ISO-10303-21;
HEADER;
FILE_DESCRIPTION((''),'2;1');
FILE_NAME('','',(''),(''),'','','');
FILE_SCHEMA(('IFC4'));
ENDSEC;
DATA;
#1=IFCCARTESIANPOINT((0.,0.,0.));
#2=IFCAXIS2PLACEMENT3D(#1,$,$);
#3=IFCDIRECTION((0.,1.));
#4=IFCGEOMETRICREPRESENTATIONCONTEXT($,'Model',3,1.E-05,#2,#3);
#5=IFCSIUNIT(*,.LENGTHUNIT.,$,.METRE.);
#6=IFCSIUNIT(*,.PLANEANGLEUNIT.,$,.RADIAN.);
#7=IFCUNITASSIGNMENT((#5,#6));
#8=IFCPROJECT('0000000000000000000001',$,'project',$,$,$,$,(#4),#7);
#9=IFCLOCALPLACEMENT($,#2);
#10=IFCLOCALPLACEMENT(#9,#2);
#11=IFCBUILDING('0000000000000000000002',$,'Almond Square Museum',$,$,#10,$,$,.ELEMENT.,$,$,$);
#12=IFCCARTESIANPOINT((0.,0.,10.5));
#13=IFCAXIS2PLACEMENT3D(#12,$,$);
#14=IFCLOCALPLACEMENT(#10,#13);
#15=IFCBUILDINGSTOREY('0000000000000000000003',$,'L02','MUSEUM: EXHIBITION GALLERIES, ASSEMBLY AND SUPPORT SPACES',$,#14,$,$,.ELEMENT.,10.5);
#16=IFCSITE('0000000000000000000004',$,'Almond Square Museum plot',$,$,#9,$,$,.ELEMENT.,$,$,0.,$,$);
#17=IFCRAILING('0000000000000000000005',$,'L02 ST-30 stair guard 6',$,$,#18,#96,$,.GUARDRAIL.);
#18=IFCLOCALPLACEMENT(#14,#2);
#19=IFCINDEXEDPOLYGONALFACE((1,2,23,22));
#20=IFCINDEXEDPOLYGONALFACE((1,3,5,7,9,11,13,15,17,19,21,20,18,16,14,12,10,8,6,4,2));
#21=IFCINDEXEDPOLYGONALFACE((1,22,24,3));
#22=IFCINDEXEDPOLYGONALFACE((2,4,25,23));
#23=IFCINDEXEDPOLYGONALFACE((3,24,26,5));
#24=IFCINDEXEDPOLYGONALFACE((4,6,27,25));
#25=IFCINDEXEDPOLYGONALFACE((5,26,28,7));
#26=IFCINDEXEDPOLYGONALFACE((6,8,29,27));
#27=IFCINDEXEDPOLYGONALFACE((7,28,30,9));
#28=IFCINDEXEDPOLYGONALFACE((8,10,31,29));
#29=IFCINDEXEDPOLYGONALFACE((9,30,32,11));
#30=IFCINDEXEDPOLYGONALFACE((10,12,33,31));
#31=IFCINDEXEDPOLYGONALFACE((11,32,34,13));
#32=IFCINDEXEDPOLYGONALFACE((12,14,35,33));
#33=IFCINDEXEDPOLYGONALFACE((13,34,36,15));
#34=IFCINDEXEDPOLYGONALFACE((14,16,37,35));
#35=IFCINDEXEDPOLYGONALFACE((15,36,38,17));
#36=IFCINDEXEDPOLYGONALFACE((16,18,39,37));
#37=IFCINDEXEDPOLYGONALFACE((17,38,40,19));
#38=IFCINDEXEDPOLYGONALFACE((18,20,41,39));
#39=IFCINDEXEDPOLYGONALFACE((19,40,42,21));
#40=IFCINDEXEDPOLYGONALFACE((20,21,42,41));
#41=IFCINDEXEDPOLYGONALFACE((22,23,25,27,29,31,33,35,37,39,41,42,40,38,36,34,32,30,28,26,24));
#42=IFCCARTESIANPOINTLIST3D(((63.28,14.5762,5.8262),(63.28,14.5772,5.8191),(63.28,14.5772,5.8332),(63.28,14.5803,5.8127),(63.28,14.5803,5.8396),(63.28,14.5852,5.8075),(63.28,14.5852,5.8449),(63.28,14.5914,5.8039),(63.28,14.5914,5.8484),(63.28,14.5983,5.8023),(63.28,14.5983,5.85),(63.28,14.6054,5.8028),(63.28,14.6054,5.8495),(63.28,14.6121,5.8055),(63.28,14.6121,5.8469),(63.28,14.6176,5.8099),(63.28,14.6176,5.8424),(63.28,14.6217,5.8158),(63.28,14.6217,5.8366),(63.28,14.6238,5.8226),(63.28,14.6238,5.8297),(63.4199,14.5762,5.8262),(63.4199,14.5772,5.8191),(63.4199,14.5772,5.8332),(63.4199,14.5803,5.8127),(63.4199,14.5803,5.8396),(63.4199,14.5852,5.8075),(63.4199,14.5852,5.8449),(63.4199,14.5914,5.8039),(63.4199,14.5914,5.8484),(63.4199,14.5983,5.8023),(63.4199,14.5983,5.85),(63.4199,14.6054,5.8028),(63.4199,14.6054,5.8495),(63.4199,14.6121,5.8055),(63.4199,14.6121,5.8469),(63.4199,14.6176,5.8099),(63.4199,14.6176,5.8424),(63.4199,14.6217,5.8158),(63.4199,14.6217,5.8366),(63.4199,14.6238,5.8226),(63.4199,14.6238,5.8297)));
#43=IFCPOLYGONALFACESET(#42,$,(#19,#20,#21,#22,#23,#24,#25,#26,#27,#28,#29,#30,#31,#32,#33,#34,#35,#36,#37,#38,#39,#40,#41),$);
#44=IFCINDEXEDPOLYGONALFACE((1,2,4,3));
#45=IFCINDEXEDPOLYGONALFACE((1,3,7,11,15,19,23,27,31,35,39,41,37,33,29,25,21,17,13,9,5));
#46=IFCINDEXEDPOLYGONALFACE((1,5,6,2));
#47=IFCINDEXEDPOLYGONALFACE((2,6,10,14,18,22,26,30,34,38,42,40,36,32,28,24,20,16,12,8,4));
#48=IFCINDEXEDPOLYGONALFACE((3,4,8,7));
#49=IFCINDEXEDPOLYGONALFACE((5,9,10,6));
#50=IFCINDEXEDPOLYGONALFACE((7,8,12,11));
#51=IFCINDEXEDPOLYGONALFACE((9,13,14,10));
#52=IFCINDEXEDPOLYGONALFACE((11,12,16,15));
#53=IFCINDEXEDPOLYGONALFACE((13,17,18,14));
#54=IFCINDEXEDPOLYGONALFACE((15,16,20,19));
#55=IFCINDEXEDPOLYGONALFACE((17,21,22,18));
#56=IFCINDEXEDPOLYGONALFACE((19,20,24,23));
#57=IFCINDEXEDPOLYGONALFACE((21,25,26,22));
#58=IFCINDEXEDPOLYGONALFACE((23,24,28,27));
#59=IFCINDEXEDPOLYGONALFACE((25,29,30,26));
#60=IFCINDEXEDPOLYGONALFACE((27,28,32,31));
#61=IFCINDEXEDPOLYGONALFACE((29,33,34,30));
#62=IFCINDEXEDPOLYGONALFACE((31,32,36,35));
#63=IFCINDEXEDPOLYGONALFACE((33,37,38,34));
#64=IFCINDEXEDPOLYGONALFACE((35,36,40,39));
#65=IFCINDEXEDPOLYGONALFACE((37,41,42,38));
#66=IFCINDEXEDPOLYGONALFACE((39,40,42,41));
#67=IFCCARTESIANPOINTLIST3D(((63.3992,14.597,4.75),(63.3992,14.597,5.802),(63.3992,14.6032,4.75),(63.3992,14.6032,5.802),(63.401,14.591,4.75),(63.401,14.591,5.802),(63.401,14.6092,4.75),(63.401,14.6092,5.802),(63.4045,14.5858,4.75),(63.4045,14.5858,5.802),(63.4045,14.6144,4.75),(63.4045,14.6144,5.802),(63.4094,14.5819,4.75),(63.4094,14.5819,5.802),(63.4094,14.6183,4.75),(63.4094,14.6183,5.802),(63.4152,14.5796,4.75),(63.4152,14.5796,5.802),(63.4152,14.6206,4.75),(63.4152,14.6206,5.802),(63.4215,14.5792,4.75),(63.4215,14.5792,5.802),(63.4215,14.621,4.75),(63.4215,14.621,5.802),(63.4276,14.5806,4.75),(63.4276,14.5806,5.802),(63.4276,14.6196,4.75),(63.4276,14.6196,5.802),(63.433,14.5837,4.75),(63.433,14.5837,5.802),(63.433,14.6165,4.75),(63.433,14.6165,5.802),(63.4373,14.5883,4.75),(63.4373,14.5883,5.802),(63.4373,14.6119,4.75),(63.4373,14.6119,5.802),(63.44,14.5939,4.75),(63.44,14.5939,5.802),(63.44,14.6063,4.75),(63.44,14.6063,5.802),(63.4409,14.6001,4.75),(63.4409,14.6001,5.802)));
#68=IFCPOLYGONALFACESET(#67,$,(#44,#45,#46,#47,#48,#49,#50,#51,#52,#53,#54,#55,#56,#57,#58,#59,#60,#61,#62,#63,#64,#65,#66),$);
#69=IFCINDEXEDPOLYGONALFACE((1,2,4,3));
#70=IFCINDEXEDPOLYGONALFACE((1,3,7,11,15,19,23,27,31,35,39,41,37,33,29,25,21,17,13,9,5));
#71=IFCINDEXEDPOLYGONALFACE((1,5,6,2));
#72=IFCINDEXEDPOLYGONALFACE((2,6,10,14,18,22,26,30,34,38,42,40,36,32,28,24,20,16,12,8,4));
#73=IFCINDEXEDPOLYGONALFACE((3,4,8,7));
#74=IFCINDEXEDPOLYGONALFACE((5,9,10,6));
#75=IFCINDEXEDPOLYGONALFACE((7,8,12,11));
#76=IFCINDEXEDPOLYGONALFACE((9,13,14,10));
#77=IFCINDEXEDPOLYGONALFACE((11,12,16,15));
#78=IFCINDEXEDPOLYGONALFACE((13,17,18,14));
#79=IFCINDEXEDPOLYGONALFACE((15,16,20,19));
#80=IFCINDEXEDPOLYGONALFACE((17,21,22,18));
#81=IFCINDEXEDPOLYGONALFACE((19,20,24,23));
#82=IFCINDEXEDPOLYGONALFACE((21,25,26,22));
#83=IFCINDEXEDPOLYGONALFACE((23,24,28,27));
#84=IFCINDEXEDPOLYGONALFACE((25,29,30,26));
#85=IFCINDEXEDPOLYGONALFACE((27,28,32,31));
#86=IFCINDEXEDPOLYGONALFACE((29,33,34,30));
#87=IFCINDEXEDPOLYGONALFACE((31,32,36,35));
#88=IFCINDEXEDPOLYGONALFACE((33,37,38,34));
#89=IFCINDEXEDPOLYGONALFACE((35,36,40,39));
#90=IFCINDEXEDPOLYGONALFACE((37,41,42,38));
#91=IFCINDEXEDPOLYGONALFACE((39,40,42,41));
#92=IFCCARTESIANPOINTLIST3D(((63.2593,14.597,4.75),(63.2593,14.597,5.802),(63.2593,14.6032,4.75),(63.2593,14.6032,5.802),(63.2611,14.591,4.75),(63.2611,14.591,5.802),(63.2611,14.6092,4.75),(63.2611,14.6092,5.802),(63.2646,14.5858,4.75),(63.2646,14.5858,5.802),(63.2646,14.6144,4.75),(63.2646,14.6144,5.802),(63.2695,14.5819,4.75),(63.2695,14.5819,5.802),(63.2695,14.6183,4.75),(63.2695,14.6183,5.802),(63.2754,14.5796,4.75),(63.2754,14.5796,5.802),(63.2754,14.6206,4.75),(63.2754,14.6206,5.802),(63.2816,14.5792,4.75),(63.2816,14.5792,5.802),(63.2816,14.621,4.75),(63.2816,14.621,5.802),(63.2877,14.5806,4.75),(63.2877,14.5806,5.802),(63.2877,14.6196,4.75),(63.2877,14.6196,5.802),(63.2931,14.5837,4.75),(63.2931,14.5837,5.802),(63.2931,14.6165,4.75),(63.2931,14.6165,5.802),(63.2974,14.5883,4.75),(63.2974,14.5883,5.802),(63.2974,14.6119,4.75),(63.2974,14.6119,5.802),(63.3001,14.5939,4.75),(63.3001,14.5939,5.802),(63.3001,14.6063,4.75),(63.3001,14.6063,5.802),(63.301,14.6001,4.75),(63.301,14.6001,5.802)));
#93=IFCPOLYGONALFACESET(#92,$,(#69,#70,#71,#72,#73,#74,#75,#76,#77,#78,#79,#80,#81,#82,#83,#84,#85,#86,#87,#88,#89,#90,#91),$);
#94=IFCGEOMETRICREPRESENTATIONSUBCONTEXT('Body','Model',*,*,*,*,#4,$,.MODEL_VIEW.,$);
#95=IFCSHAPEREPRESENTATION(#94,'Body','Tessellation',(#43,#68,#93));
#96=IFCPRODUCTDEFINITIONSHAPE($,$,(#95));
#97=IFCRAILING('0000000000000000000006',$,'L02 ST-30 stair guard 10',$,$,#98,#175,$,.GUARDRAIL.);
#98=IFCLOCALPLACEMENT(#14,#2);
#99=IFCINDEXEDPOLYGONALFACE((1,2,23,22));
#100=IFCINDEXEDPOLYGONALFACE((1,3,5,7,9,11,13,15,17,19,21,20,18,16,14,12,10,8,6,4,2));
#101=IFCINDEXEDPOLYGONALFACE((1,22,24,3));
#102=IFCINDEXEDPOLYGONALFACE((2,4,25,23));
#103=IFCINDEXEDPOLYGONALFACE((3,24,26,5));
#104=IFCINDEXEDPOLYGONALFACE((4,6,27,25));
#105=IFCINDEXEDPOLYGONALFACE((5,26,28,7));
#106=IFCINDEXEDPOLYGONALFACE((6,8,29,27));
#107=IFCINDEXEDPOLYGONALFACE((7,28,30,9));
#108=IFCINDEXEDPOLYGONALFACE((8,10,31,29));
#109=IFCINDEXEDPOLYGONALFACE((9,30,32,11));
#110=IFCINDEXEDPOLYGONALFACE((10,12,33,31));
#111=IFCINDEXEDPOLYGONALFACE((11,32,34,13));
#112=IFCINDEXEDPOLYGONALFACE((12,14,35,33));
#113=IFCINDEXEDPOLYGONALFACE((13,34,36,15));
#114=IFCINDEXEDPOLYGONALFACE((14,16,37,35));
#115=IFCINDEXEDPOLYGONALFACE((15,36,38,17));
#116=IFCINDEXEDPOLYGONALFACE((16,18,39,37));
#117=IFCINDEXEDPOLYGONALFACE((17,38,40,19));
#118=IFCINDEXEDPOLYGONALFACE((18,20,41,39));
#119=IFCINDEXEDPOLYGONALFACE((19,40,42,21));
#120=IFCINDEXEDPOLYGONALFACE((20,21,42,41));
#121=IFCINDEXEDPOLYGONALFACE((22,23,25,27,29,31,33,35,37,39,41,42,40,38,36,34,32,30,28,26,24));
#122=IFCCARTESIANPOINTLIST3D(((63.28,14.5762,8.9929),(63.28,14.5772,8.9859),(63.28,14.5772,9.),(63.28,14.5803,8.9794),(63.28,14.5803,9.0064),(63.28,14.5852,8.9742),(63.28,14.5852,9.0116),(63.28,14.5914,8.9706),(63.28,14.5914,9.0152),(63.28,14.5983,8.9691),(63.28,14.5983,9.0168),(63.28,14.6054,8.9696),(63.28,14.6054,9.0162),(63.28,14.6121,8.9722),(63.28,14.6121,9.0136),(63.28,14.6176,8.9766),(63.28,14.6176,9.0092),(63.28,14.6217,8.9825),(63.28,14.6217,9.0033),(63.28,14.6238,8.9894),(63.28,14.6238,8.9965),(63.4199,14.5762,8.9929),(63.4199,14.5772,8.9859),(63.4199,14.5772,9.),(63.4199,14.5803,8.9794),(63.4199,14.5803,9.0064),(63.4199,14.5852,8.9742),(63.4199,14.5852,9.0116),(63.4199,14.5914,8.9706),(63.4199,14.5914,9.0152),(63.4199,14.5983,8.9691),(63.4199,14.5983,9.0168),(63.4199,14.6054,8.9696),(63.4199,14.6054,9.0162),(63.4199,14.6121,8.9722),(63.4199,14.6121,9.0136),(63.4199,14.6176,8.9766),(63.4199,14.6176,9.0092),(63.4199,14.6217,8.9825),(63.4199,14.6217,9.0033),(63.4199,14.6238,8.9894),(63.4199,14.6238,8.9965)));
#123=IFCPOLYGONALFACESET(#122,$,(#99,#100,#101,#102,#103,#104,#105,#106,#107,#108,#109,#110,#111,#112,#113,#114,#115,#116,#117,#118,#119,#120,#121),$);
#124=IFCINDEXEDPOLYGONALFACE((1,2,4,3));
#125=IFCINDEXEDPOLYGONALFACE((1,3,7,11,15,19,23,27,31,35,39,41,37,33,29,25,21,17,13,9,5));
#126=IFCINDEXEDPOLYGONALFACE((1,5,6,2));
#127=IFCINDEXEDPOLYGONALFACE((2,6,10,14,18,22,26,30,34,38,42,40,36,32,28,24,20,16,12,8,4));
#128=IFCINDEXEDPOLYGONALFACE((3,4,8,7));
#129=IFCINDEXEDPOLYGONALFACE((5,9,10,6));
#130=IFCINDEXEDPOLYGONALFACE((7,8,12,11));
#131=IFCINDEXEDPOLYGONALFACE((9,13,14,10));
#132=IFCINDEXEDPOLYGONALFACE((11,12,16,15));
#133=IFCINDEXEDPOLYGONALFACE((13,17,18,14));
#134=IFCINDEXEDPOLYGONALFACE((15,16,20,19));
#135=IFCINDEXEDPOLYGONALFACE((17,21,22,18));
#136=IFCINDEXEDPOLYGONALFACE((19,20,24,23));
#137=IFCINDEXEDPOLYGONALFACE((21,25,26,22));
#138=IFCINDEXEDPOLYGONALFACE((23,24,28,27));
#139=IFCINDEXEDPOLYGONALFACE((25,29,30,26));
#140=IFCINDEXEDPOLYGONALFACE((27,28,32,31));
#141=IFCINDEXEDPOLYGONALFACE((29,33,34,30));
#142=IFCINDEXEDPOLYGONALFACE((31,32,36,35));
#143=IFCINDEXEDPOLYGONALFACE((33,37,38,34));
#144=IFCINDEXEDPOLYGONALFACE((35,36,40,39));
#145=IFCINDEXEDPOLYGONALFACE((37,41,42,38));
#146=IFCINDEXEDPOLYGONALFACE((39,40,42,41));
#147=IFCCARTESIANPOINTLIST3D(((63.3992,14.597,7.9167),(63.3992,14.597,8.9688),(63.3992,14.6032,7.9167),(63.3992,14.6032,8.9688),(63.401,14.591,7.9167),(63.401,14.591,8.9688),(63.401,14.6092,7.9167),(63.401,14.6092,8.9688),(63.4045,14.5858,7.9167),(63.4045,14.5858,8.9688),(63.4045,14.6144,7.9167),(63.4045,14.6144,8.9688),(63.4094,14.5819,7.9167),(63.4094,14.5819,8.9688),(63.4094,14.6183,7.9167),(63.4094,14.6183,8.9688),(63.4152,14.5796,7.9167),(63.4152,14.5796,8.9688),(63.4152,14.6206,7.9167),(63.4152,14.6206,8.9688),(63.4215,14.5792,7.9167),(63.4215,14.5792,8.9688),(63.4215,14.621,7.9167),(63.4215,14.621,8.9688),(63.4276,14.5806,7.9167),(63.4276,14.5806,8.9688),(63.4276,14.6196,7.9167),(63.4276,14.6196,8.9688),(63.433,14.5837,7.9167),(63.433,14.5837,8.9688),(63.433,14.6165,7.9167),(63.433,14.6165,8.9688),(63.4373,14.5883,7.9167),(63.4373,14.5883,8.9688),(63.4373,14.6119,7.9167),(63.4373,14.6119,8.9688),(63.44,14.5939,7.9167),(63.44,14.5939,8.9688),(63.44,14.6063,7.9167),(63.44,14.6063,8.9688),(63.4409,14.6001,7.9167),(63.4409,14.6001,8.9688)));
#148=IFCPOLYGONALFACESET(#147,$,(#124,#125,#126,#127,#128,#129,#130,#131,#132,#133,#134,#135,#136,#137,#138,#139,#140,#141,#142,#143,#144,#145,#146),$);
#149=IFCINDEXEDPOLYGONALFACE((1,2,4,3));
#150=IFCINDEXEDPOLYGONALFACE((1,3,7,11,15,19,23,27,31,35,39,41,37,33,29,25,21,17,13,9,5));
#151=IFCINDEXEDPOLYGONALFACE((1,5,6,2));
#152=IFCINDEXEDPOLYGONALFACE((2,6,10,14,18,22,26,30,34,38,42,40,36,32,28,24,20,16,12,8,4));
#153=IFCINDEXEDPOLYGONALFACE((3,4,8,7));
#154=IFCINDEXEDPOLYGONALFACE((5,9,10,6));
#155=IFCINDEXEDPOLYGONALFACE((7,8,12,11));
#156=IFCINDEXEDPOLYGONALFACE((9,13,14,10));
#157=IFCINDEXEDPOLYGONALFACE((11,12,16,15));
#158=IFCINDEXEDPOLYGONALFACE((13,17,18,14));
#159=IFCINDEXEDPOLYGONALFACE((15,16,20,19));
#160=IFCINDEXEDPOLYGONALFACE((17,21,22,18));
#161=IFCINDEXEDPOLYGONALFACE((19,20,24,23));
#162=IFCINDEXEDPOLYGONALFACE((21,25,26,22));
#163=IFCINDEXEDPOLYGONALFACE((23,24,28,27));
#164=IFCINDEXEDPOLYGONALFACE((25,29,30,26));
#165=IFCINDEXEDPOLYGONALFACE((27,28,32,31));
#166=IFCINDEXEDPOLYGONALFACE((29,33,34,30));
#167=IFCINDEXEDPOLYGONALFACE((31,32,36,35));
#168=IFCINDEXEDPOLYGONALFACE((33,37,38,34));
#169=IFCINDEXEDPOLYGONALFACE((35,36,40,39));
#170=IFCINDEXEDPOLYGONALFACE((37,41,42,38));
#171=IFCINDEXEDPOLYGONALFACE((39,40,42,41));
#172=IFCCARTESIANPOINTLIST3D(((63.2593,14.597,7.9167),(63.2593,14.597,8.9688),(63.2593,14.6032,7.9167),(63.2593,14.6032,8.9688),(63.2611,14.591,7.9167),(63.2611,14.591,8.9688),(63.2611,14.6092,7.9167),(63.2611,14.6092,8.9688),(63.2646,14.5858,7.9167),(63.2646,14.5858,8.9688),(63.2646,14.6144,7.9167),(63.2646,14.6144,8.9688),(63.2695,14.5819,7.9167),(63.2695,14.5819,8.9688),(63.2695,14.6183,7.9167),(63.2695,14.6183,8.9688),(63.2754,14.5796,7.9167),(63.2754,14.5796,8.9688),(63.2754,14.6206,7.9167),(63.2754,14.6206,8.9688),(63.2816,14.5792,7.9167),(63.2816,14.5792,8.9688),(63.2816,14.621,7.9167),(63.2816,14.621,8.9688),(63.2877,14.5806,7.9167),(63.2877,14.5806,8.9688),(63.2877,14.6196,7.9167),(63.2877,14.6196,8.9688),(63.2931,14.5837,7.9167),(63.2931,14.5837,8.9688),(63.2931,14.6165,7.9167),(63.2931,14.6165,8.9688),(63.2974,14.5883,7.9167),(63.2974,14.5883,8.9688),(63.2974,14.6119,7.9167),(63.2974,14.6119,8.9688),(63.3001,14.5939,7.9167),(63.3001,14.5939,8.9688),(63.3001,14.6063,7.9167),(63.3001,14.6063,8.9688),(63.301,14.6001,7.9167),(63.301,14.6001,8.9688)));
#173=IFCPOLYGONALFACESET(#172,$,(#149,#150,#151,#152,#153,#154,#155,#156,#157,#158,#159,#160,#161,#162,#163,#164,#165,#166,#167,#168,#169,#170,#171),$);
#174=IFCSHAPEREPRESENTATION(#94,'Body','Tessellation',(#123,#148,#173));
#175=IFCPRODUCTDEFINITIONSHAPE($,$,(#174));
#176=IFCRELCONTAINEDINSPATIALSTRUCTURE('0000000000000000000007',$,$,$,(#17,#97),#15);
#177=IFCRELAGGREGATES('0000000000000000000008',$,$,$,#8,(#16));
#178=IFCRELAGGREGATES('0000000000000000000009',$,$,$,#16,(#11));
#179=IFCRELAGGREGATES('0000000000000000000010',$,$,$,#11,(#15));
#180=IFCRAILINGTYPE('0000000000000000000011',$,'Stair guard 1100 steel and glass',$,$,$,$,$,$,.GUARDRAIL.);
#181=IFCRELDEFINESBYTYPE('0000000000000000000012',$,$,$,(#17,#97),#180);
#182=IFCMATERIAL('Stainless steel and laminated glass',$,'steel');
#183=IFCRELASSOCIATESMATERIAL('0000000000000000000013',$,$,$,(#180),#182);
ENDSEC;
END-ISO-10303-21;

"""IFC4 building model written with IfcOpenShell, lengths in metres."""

from ifc_helpers import new_model, si_unit, direction, frame, origin, origin_2d, place, context, subcontext, project, spatial, circle, extrude, material, type_object, element, save


model = new_model("IFC4")

# Units and contexts
model_context = context("Model", 3, precision=1e-05, world=origin(), true_north=direction((0.0, 1.0)))
body_context = subcontext(model_context, "Body", "Model", "MODEL_VIEW")
ifc_project = project(units=[si_unit("LENGTHUNIT", "METRE"), si_unit("PLANEANGLEUNIT", "RADIAN")], contexts=[model_context])

# Site, building, storey
site_placement = place(None, origin())
site = spatial("IfcSite", under=ifc_project, at=site_placement, Name="Almond Square Museum plot", CompositionType="ELEMENT", RefElevation=0.0)
building_placement = place(site_placement, origin())
building = spatial("IfcBuilding", under=site, at=building_placement, Name="Almond Square Museum", CompositionType="ELEMENT")
storey_placement = place(building_placement, frame((0.0, 0.0, 10.5)))
storey = spatial("IfcBuildingStorey", under=building, at=storey_placement, Name="L02", Description="MUSEUM: EXHIBITION GALLERIES, ASSEMBLY AND SUPPORT SPACES", CompositionType="ELEMENT", Elevation=10.5)

# Railings
ifc_material_1 = material(Name="Stainless steel and laminated glass", Category="steel")
railing_type = type_object("IfcRailingType", Name="Stair guard 1100 steel and glass", PredefinedType="GUARDRAIL", material=ifc_material_1)
for number, where, name in (
    (1, (63.4199, 14.6001, 4.75), "L02 ST-30 stair guard 6"),
    (2, (63.4199, 14.6001, 7.9167), "L02 ST-30 stair guard 10"),
):
    element("IfcRailing", number, at=place(storey_placement, frame(where)), inside=storey, type_object=railing_type, Name=name, PredefinedType="GUARDRAIL", context=body_context, shape_type="SweptSolid", body=[
        extrude(circle(Radius=0.0239, at=origin_2d()), frame((0.0, 0.0, 1.0762), z_axis=(-1.0, 0.0, 0.0), x_axis=(0.0, -1.0, 0.0)), (0.0, 0.0, 1.0), 0.1399),
        extrude(circle(Radius=0.021, at=origin_2d()), origin(), (0.0, 0.0, 1.0), 1.052),
        extrude(circle(Radius=0.021, at=origin_2d()), frame((-0.1399, 0.0, 0.0)), (0.0, 0.0, 1.0), 1.052),
    ])

save(model, "model.ifc")
